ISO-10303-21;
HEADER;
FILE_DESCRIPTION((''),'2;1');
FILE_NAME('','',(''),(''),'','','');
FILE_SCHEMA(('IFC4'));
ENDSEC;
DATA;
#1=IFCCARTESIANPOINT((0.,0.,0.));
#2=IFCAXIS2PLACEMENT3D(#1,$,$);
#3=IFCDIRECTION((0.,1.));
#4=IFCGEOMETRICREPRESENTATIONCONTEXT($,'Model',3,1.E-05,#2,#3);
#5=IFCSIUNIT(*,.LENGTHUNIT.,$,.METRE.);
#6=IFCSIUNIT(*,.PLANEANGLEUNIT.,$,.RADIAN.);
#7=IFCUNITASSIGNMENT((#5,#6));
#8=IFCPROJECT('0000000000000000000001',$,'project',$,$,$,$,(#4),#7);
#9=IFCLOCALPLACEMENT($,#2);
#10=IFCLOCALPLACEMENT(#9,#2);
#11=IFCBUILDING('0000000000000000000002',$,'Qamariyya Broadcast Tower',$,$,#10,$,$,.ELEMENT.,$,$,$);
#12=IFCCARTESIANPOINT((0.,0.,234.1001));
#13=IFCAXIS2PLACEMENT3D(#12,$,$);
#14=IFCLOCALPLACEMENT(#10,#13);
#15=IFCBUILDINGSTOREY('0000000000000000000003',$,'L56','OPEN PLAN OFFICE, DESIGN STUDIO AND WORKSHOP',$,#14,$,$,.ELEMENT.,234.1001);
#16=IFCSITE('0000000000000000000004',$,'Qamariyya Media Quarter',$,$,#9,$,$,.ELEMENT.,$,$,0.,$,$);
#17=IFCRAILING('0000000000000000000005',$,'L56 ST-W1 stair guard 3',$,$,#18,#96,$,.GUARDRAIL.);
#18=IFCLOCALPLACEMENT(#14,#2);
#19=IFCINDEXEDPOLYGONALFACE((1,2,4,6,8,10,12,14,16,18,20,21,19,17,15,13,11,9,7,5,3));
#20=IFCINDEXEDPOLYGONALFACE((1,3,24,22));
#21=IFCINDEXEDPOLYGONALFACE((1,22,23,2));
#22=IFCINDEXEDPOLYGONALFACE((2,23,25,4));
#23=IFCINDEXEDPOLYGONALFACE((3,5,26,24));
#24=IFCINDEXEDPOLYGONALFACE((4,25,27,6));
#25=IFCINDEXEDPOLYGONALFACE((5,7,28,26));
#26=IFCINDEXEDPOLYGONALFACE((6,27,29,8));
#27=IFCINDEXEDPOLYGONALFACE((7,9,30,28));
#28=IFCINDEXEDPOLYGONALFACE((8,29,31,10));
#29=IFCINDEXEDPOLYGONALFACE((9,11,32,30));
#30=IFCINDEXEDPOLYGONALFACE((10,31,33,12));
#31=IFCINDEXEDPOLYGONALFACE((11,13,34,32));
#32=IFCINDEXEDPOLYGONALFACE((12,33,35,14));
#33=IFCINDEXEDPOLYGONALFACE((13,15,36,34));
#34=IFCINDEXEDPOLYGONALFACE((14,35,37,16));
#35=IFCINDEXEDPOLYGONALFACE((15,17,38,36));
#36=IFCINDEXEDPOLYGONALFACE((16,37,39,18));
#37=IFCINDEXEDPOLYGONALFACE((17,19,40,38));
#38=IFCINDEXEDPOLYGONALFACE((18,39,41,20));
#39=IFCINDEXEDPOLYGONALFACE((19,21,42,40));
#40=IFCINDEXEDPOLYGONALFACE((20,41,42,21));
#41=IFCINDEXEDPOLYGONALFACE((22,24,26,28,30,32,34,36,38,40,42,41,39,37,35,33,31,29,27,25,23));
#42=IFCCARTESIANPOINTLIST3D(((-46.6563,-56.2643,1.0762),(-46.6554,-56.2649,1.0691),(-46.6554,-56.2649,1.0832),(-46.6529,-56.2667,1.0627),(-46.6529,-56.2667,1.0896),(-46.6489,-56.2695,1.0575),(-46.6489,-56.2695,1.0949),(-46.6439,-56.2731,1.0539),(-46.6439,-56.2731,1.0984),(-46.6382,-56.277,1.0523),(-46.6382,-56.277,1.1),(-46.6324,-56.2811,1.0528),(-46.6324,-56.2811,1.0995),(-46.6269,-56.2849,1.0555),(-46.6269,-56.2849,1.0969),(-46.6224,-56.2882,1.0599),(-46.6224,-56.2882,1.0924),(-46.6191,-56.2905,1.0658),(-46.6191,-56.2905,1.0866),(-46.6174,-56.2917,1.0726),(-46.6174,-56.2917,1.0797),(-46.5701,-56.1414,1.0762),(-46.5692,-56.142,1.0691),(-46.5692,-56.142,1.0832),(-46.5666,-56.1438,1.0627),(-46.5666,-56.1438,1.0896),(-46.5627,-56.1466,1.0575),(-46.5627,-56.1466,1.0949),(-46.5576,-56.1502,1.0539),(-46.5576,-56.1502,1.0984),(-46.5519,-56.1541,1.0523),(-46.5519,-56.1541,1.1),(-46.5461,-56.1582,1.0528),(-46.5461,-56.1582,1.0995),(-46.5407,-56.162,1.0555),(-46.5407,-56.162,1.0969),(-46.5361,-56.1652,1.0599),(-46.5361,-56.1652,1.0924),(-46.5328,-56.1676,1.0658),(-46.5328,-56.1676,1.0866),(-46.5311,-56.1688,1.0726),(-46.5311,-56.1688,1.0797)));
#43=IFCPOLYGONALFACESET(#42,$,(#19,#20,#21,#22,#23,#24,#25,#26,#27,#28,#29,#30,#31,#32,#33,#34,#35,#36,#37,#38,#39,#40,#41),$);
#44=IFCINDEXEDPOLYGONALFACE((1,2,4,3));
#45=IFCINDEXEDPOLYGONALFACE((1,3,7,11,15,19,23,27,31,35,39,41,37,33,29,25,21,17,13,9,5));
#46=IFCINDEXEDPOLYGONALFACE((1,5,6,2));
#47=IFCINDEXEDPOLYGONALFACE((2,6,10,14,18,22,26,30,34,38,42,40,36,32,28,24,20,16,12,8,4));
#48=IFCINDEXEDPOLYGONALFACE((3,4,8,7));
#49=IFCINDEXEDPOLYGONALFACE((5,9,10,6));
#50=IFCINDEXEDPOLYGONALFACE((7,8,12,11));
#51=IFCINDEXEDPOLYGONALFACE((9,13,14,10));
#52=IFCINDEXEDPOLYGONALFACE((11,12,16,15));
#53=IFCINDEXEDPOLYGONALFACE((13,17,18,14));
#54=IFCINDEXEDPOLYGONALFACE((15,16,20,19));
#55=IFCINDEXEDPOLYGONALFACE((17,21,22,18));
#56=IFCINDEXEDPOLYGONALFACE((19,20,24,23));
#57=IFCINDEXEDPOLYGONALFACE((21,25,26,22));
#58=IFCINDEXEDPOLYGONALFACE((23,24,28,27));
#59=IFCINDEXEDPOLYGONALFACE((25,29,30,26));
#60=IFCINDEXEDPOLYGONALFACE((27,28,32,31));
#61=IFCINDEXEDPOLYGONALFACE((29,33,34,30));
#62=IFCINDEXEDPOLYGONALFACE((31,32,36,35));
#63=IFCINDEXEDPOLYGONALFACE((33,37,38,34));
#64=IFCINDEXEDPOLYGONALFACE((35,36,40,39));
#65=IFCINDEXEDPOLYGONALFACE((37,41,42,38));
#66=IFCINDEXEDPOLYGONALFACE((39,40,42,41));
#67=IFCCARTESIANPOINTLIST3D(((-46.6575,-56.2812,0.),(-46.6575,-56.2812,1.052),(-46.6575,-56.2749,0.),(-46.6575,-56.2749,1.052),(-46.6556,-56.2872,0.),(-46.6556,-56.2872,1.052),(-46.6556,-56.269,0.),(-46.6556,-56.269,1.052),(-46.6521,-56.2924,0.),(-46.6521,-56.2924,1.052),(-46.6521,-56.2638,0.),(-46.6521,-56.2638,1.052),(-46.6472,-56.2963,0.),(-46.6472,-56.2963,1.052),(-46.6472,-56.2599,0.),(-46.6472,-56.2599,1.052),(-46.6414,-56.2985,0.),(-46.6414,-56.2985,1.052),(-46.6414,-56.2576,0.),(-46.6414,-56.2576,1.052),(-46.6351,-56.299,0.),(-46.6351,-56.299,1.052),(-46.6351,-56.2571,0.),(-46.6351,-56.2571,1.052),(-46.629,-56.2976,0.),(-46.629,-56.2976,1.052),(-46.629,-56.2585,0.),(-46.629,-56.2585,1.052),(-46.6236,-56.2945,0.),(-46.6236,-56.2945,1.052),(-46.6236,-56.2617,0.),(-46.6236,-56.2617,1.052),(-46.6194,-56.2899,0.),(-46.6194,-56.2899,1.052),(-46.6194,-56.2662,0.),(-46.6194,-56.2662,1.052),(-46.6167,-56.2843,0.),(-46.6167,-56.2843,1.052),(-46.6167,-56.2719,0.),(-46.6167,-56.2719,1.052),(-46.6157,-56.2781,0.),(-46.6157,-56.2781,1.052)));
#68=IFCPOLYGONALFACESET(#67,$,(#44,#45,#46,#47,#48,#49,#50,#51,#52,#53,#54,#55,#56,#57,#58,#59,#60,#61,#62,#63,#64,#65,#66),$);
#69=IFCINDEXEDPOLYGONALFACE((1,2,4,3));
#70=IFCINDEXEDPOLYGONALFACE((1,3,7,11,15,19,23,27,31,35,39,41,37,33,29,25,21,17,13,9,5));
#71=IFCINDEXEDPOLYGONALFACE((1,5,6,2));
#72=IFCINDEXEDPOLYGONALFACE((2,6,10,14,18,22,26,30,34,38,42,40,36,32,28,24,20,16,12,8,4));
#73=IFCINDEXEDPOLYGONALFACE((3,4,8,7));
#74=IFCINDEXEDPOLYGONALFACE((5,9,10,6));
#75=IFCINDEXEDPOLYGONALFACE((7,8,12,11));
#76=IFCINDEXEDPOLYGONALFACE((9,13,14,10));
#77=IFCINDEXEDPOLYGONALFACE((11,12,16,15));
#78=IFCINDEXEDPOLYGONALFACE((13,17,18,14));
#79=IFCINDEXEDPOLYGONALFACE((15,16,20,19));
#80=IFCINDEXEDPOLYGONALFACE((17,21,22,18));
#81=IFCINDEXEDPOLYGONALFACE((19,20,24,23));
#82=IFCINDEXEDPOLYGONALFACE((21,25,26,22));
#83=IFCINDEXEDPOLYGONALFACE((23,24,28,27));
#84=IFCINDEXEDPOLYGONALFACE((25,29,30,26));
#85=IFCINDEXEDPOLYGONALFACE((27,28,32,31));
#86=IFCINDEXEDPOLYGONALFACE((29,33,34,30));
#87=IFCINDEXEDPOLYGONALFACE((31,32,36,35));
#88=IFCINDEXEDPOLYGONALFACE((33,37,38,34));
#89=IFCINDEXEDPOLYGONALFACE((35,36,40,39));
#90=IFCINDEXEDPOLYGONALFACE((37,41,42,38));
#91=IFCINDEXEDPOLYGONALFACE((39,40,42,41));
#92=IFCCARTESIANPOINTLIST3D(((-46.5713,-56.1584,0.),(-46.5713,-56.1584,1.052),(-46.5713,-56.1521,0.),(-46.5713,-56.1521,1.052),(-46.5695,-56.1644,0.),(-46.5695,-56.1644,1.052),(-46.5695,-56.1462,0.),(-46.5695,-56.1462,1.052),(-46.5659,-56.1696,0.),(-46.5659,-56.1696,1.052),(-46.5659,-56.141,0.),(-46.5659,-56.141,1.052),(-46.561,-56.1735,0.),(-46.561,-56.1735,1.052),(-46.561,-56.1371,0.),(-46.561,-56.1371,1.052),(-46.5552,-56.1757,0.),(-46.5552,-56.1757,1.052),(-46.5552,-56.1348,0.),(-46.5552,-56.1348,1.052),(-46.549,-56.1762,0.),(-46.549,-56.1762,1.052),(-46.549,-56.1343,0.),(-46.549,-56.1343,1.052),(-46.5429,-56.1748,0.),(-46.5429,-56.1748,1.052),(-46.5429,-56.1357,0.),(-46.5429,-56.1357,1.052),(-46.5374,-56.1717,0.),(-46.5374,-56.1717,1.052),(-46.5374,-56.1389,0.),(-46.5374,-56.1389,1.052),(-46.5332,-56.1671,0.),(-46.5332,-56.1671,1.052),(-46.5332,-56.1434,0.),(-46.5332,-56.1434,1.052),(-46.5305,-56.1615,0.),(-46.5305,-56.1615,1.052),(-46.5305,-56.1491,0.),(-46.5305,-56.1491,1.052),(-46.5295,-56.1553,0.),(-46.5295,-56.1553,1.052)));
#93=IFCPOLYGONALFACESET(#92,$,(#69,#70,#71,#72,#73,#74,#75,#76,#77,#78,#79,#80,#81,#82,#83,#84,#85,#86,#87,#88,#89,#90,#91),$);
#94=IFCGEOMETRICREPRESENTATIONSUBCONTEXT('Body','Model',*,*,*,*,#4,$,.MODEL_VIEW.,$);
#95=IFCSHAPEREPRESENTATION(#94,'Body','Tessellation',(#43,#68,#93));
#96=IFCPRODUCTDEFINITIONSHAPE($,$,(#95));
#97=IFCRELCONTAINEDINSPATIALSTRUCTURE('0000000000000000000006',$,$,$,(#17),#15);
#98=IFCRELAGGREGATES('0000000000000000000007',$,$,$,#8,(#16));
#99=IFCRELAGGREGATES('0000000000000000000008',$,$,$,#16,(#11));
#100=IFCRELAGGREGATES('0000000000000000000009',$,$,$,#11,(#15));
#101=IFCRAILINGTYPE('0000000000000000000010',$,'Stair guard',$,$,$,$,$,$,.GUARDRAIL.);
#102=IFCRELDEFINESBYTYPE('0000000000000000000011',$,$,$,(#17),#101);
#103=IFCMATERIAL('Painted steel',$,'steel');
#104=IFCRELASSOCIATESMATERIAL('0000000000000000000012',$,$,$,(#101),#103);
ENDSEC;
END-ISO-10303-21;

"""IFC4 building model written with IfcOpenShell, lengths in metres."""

from ifc_helpers import new_model, si_unit, direction, frame, origin, origin_2d, place, context, subcontext, project, spatial, circle, extrude, material, type_object, element, save


model = new_model("IFC4")

# Units and contexts
model_context = context("Model", 3, precision=1e-05, world=origin(), true_north=direction((0.0, 1.0)))
body_context = subcontext(model_context, "Body", "Model", "MODEL_VIEW")
ifc_project = project(units=[si_unit("LENGTHUNIT", "METRE"), si_unit("PLANEANGLEUNIT", "RADIAN")], contexts=[model_context])

# Site, building, storey
site_placement = place(None, origin())
site = spatial("IfcSite", under=ifc_project, at=site_placement, Name="Qamariyya Media Quarter", CompositionType="ELEMENT", RefElevation=0.0)
building_placement = place(site_placement, origin())
building = spatial("IfcBuilding", under=site, at=building_placement, Name="Qamariyya Broadcast Tower", CompositionType="ELEMENT")
storey_placement = place(building_placement, frame((0.0, 0.0, 234.1001)))
storey = spatial("IfcBuildingStorey", under=building, at=storey_placement, Name="L56", Description="OPEN PLAN OFFICE, DESIGN STUDIO AND WORKSHOP", CompositionType="ELEMENT", Elevation=234.1001)

# Railing
ifc_material_1 = material(Name="Painted steel", Category="steel")
railing_type_1 = type_object("IfcRailingType", Name="Stair guard", PredefinedType="GUARDRAIL", material=ifc_material_1)
railing_1_placement = place(storey_placement, frame((-46.6367, -56.2781, 0.0)))
element("IfcRailing", 1, at=railing_1_placement, inside=storey, type_object=railing_type_1, Name="L56 ST-W1 stair guard 3", PredefinedType="GUARDRAIL", context=body_context, shape_type="SweptSolid", body=[
    extrude(circle(Radius=0.0239, at=origin_2d()), frame((0.0, 0.0, 1.0762), z_axis=(0.574445, 0.818543, 0.0), x_axis=(-0.818543, 0.574445, 0.0)), (0.0, 0.0, 1.0), 0.1501),
    extrude(circle(Radius=0.021, at=origin_2d()), origin(), (0.0, 0.0, 1.0), 1.052),
    extrude(circle(Radius=0.021, at=origin_2d()), frame((0.0862, 0.1228, 0.0)), (0.0, 0.0, 1.0), 1.052),
])

save(model, "model.ifc")
